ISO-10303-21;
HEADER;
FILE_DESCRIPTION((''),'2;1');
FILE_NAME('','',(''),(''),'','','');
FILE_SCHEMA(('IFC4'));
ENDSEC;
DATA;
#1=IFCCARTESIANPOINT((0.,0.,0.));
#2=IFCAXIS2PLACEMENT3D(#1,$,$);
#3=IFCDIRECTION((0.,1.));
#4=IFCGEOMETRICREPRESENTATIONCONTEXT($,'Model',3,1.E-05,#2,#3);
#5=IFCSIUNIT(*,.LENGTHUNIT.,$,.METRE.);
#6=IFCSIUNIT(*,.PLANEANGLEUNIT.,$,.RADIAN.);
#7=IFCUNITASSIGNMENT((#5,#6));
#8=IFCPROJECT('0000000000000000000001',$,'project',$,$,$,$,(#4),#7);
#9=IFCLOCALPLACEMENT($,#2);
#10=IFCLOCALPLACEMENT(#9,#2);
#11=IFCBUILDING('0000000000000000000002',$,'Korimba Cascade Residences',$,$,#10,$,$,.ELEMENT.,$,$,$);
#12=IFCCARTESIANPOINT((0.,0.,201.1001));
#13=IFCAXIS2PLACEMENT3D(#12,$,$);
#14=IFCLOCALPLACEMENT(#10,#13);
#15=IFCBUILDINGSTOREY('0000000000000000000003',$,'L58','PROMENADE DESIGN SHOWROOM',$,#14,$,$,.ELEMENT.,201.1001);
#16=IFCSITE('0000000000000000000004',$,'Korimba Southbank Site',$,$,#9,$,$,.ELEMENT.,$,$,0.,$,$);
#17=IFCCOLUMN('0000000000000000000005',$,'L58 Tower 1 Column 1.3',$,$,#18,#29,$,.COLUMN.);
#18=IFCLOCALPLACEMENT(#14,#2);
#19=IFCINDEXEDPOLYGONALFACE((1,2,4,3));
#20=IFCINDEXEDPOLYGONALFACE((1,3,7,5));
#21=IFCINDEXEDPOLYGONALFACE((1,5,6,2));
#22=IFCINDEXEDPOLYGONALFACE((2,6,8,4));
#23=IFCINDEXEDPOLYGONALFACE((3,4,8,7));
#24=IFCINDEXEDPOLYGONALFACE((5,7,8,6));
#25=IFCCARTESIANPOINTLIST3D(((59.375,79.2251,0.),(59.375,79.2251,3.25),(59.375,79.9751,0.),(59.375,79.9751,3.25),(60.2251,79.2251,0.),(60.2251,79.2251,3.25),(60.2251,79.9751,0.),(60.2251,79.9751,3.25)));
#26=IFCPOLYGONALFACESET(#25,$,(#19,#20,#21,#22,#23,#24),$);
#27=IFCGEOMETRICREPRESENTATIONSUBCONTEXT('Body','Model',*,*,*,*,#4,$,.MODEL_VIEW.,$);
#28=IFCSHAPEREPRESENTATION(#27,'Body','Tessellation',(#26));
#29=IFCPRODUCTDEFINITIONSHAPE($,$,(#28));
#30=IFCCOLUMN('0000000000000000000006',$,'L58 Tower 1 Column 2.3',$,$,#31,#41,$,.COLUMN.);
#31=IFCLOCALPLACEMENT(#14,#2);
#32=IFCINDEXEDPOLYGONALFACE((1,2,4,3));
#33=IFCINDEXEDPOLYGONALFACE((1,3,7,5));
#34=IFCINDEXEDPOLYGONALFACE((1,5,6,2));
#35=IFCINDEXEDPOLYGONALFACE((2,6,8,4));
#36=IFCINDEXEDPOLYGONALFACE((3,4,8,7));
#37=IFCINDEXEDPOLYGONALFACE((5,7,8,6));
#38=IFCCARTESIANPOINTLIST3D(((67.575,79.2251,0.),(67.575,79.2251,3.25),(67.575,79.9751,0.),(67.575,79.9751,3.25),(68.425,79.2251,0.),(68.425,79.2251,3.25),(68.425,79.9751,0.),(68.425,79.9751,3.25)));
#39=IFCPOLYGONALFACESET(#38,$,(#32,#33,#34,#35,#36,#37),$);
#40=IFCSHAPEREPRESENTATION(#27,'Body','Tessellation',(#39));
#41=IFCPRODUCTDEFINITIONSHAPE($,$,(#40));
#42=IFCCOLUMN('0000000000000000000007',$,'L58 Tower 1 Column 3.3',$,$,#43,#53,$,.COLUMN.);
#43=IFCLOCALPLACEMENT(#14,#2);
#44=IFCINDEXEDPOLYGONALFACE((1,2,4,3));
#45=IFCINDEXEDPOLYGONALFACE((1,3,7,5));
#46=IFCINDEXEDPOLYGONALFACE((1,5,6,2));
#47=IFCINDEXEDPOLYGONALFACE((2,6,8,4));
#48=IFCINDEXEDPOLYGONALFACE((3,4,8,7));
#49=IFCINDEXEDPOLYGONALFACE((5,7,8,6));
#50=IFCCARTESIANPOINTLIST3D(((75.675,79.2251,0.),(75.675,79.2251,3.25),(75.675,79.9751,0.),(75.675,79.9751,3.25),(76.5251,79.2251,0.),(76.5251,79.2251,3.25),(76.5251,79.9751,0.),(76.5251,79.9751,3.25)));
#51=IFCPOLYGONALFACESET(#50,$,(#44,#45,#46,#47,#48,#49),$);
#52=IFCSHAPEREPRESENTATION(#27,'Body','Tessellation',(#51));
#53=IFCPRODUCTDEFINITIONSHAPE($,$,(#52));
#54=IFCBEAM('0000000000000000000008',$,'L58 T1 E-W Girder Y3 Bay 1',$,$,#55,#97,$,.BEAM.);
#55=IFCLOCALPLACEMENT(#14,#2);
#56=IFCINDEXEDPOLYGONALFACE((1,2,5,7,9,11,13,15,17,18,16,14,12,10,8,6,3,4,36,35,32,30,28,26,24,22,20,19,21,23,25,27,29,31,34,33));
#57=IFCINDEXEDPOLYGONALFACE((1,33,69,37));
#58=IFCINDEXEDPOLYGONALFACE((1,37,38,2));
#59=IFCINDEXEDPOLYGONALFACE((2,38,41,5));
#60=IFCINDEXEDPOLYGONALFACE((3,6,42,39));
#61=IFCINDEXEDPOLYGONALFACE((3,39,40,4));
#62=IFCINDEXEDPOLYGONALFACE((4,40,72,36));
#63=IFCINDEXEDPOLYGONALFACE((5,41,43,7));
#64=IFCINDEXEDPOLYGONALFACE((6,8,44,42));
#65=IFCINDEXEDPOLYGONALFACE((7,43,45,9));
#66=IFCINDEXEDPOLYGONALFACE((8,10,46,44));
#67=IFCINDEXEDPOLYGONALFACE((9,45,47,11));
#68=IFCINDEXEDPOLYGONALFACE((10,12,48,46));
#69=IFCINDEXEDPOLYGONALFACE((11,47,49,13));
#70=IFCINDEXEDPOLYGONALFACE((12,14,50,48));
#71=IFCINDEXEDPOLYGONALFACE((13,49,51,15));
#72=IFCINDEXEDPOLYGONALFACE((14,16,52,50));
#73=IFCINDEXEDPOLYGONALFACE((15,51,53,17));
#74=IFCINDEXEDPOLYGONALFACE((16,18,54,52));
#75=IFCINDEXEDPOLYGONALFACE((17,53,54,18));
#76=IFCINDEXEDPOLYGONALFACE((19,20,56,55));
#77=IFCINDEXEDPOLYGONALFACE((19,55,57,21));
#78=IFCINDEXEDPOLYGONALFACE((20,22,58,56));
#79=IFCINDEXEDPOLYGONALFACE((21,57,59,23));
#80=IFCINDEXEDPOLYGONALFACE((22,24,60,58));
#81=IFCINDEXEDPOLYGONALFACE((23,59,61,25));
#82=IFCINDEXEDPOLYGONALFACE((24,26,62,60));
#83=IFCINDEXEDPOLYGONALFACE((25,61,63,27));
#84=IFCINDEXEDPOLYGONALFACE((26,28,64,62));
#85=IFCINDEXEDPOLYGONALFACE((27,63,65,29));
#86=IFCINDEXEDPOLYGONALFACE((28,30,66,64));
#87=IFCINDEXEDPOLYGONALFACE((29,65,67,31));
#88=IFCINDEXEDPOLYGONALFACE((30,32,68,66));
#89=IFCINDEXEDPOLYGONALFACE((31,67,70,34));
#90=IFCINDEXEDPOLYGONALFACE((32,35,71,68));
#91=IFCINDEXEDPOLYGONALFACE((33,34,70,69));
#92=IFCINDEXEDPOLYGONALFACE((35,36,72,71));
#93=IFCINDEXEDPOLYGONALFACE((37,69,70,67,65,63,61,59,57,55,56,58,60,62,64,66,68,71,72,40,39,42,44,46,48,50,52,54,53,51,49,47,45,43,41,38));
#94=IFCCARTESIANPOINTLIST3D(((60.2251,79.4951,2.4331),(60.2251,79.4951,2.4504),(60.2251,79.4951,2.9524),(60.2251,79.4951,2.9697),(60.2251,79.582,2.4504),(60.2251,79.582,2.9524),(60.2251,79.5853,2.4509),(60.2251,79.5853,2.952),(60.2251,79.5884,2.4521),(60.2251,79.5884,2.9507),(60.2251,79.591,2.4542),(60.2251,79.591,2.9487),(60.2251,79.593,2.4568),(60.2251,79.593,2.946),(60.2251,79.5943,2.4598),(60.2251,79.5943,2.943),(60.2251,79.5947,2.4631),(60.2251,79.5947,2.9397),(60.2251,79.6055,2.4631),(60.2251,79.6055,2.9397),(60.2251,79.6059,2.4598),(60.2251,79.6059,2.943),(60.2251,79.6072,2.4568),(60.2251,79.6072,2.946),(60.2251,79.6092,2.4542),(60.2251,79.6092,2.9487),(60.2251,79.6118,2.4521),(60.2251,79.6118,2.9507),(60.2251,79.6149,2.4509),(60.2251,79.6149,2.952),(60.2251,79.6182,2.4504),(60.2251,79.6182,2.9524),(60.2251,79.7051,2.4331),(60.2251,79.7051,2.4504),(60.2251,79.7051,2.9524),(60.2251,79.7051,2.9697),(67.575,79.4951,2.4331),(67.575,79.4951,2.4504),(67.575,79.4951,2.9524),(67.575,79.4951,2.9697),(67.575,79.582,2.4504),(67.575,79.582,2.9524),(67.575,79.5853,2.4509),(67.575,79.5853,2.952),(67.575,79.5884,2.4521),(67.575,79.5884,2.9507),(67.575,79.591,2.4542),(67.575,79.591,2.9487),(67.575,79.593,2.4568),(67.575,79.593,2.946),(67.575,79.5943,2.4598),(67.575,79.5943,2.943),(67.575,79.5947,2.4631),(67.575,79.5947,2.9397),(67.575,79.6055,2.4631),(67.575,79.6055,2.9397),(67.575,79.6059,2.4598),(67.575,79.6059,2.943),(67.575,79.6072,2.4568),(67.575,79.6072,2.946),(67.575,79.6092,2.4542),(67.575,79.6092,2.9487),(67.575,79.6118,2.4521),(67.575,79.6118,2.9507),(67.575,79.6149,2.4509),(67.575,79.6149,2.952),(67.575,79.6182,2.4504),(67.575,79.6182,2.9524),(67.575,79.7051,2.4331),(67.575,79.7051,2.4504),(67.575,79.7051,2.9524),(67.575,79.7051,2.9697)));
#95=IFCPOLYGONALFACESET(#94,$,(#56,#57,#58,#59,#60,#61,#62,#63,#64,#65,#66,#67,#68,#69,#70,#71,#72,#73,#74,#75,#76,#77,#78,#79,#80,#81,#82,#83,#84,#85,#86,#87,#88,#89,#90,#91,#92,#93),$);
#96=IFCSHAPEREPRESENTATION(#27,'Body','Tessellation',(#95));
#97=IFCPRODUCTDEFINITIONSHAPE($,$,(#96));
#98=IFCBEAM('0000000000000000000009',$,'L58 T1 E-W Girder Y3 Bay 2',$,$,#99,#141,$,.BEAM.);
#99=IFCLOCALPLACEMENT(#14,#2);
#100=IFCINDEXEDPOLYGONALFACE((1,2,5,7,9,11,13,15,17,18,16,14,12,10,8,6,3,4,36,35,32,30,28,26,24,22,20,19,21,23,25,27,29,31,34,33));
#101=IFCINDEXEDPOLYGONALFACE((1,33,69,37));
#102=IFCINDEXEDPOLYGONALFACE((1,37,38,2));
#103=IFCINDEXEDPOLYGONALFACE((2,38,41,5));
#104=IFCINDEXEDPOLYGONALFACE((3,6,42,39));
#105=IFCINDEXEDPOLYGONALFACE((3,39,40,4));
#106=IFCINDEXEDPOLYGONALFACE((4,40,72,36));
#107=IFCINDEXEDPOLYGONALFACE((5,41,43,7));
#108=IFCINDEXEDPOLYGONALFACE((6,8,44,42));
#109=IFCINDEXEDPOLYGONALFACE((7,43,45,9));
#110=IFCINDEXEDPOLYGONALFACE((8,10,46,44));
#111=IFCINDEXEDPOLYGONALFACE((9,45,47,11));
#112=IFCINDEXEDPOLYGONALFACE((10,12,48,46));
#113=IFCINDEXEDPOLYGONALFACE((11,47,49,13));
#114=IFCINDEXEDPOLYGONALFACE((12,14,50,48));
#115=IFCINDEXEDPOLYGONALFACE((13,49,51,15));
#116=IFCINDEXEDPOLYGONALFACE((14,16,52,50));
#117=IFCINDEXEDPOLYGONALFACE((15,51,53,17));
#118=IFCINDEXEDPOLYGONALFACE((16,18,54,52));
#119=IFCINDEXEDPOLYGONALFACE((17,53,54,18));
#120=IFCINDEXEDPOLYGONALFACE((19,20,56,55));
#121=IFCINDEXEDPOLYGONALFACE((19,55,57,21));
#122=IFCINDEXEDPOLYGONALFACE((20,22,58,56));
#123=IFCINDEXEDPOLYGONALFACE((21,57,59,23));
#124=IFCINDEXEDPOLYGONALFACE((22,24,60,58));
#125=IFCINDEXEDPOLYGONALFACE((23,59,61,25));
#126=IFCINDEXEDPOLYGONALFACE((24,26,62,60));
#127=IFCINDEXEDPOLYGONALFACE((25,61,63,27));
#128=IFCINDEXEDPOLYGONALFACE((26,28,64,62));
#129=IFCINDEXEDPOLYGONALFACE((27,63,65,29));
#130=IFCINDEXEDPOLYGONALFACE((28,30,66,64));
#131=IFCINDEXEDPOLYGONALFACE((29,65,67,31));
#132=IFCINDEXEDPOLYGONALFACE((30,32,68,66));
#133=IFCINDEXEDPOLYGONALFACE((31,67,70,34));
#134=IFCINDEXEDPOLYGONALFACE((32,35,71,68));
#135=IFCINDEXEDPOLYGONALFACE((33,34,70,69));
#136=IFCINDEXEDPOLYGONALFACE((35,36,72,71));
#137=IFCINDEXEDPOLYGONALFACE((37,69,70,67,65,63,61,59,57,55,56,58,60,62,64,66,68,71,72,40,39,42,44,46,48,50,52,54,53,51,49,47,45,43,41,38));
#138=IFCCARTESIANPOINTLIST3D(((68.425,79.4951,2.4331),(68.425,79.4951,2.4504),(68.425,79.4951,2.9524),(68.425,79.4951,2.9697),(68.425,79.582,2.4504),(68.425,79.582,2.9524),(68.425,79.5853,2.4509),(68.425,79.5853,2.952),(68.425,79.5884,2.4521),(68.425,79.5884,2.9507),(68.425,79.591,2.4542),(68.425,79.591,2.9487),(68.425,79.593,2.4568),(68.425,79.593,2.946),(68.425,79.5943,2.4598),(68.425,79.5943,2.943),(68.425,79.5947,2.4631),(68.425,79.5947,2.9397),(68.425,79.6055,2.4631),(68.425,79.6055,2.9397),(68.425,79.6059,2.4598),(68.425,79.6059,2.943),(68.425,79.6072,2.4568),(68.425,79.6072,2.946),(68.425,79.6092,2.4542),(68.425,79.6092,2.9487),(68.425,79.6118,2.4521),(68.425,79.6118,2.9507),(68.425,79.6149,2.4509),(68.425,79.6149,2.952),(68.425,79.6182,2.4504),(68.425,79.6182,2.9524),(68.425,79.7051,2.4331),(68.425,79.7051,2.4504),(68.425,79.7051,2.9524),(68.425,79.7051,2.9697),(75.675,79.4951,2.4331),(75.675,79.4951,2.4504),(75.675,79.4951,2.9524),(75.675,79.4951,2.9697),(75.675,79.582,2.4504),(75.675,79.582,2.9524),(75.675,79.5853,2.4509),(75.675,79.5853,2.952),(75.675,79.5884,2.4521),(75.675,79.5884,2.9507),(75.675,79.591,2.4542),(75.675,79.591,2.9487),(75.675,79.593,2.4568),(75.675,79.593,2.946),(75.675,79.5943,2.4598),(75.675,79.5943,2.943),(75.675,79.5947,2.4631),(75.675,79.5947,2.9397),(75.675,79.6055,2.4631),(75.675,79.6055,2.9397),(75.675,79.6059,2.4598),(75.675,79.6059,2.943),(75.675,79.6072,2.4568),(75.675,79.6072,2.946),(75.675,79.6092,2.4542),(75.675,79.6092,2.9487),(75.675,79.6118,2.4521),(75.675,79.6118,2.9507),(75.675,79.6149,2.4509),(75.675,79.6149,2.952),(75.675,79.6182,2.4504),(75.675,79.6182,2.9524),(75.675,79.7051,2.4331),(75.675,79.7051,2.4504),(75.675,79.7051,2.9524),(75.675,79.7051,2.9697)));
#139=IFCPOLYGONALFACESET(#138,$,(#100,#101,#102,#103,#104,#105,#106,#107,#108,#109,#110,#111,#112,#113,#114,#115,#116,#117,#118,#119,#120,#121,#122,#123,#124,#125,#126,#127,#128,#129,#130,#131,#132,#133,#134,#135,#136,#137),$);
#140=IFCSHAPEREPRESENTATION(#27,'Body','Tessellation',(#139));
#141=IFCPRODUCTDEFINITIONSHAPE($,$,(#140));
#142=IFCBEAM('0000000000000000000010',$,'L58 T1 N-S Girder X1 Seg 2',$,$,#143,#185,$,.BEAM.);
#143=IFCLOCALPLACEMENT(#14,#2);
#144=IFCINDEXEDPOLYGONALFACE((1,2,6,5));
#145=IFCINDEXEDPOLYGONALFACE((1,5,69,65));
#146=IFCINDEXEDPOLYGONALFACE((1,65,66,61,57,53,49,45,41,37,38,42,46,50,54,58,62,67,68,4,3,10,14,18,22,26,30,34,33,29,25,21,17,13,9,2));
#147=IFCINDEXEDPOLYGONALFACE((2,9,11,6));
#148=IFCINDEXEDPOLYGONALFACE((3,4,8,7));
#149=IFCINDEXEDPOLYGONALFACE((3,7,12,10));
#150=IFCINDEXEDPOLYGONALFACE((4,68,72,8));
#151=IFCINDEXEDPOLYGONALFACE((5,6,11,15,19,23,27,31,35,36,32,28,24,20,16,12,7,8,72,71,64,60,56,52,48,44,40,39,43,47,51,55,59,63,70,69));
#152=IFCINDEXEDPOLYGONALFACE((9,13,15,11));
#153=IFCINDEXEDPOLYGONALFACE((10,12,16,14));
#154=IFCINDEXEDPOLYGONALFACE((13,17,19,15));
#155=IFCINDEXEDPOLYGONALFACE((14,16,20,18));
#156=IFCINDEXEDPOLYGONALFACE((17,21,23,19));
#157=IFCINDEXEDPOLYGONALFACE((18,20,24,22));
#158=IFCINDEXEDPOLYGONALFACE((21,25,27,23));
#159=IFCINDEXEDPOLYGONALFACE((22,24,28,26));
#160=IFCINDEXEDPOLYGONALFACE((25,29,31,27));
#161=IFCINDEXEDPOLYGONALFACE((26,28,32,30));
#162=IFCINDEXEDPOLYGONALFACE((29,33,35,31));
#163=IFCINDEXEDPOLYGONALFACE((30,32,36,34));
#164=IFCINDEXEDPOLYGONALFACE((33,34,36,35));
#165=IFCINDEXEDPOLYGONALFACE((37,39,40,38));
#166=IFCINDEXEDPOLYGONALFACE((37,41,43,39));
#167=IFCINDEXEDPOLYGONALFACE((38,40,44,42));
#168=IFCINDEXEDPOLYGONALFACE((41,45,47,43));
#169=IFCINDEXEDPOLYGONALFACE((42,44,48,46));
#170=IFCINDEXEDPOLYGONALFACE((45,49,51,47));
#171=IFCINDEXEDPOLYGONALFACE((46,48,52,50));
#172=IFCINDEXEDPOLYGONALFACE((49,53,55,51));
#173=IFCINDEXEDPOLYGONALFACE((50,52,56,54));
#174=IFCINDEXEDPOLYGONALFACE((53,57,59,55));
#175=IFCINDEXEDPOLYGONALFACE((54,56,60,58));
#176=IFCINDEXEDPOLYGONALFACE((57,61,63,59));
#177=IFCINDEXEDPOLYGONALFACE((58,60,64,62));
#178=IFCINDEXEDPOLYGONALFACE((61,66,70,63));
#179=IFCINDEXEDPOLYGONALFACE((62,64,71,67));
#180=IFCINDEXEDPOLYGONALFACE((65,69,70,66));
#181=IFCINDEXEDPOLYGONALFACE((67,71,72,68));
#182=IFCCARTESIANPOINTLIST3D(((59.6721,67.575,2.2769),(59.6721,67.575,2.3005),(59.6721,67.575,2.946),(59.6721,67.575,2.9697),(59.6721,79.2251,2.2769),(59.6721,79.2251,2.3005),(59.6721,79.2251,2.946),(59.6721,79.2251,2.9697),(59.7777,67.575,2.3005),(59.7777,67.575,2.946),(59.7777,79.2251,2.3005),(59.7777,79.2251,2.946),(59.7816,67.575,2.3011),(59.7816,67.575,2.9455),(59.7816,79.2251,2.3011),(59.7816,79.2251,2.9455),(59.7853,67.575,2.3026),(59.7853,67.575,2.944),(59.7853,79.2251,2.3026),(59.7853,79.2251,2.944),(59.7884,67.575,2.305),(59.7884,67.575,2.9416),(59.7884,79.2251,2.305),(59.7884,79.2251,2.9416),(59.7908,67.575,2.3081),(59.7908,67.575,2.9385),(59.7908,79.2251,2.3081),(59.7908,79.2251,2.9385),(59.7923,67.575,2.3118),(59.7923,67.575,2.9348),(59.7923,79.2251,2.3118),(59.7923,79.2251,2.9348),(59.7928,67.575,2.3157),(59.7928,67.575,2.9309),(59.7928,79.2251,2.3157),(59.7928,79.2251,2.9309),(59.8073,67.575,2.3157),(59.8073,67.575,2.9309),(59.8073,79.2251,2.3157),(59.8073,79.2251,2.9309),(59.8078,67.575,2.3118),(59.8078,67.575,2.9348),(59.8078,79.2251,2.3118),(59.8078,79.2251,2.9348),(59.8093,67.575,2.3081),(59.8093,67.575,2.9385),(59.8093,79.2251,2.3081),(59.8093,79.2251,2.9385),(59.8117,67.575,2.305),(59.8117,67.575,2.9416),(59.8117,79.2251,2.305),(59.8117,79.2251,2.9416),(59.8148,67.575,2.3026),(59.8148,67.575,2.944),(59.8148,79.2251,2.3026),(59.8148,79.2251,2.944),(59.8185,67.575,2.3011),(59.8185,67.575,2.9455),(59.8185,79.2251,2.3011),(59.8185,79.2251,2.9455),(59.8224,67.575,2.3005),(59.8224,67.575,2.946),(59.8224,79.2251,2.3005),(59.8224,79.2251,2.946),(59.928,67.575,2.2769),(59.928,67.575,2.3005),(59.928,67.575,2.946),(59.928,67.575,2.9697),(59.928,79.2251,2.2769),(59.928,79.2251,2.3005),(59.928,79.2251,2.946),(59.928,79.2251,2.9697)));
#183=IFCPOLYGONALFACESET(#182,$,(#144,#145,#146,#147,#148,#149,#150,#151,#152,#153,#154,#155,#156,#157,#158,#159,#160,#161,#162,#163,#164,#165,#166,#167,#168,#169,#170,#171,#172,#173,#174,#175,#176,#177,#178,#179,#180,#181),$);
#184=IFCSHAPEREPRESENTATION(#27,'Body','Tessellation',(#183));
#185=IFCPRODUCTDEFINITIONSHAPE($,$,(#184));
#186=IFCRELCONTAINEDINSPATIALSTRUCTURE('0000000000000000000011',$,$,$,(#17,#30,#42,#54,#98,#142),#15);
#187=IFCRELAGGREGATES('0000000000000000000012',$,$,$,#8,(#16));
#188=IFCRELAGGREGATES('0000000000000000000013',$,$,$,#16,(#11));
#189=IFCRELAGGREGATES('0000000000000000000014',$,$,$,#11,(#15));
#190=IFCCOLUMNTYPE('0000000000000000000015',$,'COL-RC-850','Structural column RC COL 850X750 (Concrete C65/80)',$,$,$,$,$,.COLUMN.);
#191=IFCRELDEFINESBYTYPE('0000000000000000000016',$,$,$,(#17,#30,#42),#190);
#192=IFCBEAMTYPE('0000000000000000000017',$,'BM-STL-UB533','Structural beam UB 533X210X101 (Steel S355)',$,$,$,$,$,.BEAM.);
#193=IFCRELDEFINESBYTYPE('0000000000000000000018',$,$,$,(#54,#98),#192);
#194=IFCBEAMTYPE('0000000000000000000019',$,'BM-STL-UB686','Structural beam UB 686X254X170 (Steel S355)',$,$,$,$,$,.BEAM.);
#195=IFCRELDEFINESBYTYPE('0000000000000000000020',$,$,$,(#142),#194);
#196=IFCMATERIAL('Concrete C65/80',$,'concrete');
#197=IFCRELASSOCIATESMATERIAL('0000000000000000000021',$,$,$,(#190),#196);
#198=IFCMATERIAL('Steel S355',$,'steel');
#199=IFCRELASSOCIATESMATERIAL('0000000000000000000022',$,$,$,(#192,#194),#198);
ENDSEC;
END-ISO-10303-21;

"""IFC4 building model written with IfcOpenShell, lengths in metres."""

from ifc_helpers import new_model, si_unit, direction, frame, origin, origin_2d, place, context, subcontext, project, spatial, rectangle, i_section, extrude, material, material_profile, profile_set, type_object, element, save


model = new_model("IFC4")

# Units and contexts
model_context = context("Model", 3, precision=1e-05, world=origin(), true_north=direction((0.0, 1.0)))
body_context = subcontext(model_context, "Body", "Model", "MODEL_VIEW")
ifc_project = project(units=[si_unit("LENGTHUNIT", "METRE"), si_unit("PLANEANGLEUNIT", "RADIAN")], contexts=[model_context])

# Site, building, storey
site_placement = place(None, origin())
site = spatial("IfcSite", under=ifc_project, at=site_placement, Name="Korimba Southbank Site", CompositionType="ELEMENT", RefElevation=0.0)
building_placement = place(site_placement, origin())
building = spatial("IfcBuilding", under=site, at=building_placement, Name="Korimba Cascade Residences", CompositionType="ELEMENT")
storey_placement = place(building_placement, frame((0.0, 0.0, 201.1001)))
storey = spatial("IfcBuildingStorey", under=building, at=storey_placement, Name="L58", Description="PROMENADE DESIGN SHOWROOM", CompositionType="ELEMENT", Elevation=201.1001)

# Columns
ifc_material_1 = material(Name="Concrete C65/80", Category="concrete")
ifc_material_profile_1 = material_profile(ifc_material_1, rectangle(XDim=0.8501, YDim=0.75, at=origin_2d()), Name="Concrete C65/80")
ifc_profile_set_1 = profile_set([ifc_material_profile_1], Name="Concrete C65/80")
column_type = type_object("IfcColumnType", Name="COL-RC-850", Description="Structural column RC COL 850X750 (Concrete C65/80)", PredefinedType="COLUMN", material=ifc_profile_set_1)
for number, where, z_axis, x_axis, name in (
    (1, (59.8, 79.6001, 0.0), (0.0, 0.0, 1.0), (1.0, 0.0, 0.0), "L58 Tower 1 Column 1.3"),
    (2, (68.0, 79.6001, 0.0), (0.0, 0.0, 1.0), (1.0, 0.0, 0.0), "L58 Tower 1 Column 2.3"),
    (3, (76.1001, 79.6001, 0.0), (0.0, 0.0, 1.0), (1.0, 0.0, 0.0), "L58 Tower 1 Column 3.3"),
):
    element("IfcColumn", number, at=place(storey_placement, frame(where, z_axis=z_axis, x_axis=x_axis)), inside=storey, type_object=column_type, Name=name, PredefinedType="COLUMN", context=body_context, shape_type="SweptSolid", body=[
        extrude(rectangle(XDim=0.8501, YDim=0.75, at=origin_2d()), origin(), (0.0, 0.0, 1.0), 3.25),
    ])

# Beams
ifc_material_2 = material(Name="Steel S355", Category="steel")
ifc_material_profile_2 = material_profile(ifc_material_2, i_section(OverallWidth=0.21, OverallDepth=0.5366, WebThickness=0.0107, FlangeThickness=0.0173, FilletRadius=0.0127, at=origin_2d()), Name="Steel S355")
ifc_profile_set_2 = profile_set([ifc_material_profile_2], Name="Steel S355")
beam_type_1 = type_object("IfcBeamType", Name="BM-STL-UB533", Description="Structural beam UB 533X210X101 (Steel S355)", PredefinedType="BEAM", material=ifc_profile_set_2)
beam_1_placement = place(storey_placement, frame((60.2251, 79.6001, 2.7014), z_axis=(1.0, 0.0, 0.0), x_axis=(0.0, 1.0, 0.0)))
element("IfcBeam", 4, at=beam_1_placement, inside=storey, type_object=beam_type_1, Name="L58 T1 E-W Girder Y3 Bay 1", PredefinedType="BEAM", context=body_context, shape_type="SweptSolid", body=[
    extrude(i_section(OverallWidth=0.21, OverallDepth=0.5366, WebThickness=0.0107, FlangeThickness=0.0173, FilletRadius=0.0127, at=origin_2d()), origin(), (0.0, 0.0, 1.0), 7.3499),
])
beam_2_placement = place(storey_placement, frame((68.425, 79.6001, 2.7014), z_axis=(1.0, 0.0, 0.0), x_axis=(0.0, 1.0, 0.0)))
element("IfcBeam", 5, at=beam_2_placement, inside=storey, type_object=beam_type_1, Name="L58 T1 E-W Girder Y3 Bay 2", PredefinedType="BEAM", context=body_context, shape_type="SweptSolid", body=[
    extrude(i_section(OverallWidth=0.21, OverallDepth=0.5366, WebThickness=0.0107, FlangeThickness=0.0173, FilletRadius=0.0127, at=origin_2d()), origin(), (0.0, 0.0, 1.0), 7.25),
])
ifc_material_profile_3 = material_profile(ifc_material_2, i_section(OverallWidth=0.2559, OverallDepth=0.6929, WebThickness=0.0144, FlangeThickness=0.0237, FilletRadius=0.0151, at=origin_2d()), Name="Steel S355")
ifc_profile_set_3 = profile_set([ifc_material_profile_3], Name="Steel S355")
beam_type_2 = type_object("IfcBeamType", Name="BM-STL-UB686", Description="Structural beam UB 686X254X170 (Steel S355)", PredefinedType="BEAM", material=ifc_profile_set_3)
beam_3_placement = place(storey_placement, frame((59.8, 67.575, 2.6233), z_axis=(0.0, 1.0, 0.0), x_axis=(-1.0, 0.0, 0.0)))
element("IfcBeam", 6, at=beam_3_placement, inside=storey, type_object=beam_type_2, Name="L58 T1 N-S Girder X1 Seg 2", PredefinedType="BEAM", context=body_context, shape_type="SweptSolid", body=[
    extrude(i_section(OverallWidth=0.2559, OverallDepth=0.6929, WebThickness=0.0144, FlangeThickness=0.0237, FilletRadius=0.0151, at=origin_2d()), origin(), (0.0, 0.0, 1.0), 11.6501),
])

save(model, "model.ifc")
